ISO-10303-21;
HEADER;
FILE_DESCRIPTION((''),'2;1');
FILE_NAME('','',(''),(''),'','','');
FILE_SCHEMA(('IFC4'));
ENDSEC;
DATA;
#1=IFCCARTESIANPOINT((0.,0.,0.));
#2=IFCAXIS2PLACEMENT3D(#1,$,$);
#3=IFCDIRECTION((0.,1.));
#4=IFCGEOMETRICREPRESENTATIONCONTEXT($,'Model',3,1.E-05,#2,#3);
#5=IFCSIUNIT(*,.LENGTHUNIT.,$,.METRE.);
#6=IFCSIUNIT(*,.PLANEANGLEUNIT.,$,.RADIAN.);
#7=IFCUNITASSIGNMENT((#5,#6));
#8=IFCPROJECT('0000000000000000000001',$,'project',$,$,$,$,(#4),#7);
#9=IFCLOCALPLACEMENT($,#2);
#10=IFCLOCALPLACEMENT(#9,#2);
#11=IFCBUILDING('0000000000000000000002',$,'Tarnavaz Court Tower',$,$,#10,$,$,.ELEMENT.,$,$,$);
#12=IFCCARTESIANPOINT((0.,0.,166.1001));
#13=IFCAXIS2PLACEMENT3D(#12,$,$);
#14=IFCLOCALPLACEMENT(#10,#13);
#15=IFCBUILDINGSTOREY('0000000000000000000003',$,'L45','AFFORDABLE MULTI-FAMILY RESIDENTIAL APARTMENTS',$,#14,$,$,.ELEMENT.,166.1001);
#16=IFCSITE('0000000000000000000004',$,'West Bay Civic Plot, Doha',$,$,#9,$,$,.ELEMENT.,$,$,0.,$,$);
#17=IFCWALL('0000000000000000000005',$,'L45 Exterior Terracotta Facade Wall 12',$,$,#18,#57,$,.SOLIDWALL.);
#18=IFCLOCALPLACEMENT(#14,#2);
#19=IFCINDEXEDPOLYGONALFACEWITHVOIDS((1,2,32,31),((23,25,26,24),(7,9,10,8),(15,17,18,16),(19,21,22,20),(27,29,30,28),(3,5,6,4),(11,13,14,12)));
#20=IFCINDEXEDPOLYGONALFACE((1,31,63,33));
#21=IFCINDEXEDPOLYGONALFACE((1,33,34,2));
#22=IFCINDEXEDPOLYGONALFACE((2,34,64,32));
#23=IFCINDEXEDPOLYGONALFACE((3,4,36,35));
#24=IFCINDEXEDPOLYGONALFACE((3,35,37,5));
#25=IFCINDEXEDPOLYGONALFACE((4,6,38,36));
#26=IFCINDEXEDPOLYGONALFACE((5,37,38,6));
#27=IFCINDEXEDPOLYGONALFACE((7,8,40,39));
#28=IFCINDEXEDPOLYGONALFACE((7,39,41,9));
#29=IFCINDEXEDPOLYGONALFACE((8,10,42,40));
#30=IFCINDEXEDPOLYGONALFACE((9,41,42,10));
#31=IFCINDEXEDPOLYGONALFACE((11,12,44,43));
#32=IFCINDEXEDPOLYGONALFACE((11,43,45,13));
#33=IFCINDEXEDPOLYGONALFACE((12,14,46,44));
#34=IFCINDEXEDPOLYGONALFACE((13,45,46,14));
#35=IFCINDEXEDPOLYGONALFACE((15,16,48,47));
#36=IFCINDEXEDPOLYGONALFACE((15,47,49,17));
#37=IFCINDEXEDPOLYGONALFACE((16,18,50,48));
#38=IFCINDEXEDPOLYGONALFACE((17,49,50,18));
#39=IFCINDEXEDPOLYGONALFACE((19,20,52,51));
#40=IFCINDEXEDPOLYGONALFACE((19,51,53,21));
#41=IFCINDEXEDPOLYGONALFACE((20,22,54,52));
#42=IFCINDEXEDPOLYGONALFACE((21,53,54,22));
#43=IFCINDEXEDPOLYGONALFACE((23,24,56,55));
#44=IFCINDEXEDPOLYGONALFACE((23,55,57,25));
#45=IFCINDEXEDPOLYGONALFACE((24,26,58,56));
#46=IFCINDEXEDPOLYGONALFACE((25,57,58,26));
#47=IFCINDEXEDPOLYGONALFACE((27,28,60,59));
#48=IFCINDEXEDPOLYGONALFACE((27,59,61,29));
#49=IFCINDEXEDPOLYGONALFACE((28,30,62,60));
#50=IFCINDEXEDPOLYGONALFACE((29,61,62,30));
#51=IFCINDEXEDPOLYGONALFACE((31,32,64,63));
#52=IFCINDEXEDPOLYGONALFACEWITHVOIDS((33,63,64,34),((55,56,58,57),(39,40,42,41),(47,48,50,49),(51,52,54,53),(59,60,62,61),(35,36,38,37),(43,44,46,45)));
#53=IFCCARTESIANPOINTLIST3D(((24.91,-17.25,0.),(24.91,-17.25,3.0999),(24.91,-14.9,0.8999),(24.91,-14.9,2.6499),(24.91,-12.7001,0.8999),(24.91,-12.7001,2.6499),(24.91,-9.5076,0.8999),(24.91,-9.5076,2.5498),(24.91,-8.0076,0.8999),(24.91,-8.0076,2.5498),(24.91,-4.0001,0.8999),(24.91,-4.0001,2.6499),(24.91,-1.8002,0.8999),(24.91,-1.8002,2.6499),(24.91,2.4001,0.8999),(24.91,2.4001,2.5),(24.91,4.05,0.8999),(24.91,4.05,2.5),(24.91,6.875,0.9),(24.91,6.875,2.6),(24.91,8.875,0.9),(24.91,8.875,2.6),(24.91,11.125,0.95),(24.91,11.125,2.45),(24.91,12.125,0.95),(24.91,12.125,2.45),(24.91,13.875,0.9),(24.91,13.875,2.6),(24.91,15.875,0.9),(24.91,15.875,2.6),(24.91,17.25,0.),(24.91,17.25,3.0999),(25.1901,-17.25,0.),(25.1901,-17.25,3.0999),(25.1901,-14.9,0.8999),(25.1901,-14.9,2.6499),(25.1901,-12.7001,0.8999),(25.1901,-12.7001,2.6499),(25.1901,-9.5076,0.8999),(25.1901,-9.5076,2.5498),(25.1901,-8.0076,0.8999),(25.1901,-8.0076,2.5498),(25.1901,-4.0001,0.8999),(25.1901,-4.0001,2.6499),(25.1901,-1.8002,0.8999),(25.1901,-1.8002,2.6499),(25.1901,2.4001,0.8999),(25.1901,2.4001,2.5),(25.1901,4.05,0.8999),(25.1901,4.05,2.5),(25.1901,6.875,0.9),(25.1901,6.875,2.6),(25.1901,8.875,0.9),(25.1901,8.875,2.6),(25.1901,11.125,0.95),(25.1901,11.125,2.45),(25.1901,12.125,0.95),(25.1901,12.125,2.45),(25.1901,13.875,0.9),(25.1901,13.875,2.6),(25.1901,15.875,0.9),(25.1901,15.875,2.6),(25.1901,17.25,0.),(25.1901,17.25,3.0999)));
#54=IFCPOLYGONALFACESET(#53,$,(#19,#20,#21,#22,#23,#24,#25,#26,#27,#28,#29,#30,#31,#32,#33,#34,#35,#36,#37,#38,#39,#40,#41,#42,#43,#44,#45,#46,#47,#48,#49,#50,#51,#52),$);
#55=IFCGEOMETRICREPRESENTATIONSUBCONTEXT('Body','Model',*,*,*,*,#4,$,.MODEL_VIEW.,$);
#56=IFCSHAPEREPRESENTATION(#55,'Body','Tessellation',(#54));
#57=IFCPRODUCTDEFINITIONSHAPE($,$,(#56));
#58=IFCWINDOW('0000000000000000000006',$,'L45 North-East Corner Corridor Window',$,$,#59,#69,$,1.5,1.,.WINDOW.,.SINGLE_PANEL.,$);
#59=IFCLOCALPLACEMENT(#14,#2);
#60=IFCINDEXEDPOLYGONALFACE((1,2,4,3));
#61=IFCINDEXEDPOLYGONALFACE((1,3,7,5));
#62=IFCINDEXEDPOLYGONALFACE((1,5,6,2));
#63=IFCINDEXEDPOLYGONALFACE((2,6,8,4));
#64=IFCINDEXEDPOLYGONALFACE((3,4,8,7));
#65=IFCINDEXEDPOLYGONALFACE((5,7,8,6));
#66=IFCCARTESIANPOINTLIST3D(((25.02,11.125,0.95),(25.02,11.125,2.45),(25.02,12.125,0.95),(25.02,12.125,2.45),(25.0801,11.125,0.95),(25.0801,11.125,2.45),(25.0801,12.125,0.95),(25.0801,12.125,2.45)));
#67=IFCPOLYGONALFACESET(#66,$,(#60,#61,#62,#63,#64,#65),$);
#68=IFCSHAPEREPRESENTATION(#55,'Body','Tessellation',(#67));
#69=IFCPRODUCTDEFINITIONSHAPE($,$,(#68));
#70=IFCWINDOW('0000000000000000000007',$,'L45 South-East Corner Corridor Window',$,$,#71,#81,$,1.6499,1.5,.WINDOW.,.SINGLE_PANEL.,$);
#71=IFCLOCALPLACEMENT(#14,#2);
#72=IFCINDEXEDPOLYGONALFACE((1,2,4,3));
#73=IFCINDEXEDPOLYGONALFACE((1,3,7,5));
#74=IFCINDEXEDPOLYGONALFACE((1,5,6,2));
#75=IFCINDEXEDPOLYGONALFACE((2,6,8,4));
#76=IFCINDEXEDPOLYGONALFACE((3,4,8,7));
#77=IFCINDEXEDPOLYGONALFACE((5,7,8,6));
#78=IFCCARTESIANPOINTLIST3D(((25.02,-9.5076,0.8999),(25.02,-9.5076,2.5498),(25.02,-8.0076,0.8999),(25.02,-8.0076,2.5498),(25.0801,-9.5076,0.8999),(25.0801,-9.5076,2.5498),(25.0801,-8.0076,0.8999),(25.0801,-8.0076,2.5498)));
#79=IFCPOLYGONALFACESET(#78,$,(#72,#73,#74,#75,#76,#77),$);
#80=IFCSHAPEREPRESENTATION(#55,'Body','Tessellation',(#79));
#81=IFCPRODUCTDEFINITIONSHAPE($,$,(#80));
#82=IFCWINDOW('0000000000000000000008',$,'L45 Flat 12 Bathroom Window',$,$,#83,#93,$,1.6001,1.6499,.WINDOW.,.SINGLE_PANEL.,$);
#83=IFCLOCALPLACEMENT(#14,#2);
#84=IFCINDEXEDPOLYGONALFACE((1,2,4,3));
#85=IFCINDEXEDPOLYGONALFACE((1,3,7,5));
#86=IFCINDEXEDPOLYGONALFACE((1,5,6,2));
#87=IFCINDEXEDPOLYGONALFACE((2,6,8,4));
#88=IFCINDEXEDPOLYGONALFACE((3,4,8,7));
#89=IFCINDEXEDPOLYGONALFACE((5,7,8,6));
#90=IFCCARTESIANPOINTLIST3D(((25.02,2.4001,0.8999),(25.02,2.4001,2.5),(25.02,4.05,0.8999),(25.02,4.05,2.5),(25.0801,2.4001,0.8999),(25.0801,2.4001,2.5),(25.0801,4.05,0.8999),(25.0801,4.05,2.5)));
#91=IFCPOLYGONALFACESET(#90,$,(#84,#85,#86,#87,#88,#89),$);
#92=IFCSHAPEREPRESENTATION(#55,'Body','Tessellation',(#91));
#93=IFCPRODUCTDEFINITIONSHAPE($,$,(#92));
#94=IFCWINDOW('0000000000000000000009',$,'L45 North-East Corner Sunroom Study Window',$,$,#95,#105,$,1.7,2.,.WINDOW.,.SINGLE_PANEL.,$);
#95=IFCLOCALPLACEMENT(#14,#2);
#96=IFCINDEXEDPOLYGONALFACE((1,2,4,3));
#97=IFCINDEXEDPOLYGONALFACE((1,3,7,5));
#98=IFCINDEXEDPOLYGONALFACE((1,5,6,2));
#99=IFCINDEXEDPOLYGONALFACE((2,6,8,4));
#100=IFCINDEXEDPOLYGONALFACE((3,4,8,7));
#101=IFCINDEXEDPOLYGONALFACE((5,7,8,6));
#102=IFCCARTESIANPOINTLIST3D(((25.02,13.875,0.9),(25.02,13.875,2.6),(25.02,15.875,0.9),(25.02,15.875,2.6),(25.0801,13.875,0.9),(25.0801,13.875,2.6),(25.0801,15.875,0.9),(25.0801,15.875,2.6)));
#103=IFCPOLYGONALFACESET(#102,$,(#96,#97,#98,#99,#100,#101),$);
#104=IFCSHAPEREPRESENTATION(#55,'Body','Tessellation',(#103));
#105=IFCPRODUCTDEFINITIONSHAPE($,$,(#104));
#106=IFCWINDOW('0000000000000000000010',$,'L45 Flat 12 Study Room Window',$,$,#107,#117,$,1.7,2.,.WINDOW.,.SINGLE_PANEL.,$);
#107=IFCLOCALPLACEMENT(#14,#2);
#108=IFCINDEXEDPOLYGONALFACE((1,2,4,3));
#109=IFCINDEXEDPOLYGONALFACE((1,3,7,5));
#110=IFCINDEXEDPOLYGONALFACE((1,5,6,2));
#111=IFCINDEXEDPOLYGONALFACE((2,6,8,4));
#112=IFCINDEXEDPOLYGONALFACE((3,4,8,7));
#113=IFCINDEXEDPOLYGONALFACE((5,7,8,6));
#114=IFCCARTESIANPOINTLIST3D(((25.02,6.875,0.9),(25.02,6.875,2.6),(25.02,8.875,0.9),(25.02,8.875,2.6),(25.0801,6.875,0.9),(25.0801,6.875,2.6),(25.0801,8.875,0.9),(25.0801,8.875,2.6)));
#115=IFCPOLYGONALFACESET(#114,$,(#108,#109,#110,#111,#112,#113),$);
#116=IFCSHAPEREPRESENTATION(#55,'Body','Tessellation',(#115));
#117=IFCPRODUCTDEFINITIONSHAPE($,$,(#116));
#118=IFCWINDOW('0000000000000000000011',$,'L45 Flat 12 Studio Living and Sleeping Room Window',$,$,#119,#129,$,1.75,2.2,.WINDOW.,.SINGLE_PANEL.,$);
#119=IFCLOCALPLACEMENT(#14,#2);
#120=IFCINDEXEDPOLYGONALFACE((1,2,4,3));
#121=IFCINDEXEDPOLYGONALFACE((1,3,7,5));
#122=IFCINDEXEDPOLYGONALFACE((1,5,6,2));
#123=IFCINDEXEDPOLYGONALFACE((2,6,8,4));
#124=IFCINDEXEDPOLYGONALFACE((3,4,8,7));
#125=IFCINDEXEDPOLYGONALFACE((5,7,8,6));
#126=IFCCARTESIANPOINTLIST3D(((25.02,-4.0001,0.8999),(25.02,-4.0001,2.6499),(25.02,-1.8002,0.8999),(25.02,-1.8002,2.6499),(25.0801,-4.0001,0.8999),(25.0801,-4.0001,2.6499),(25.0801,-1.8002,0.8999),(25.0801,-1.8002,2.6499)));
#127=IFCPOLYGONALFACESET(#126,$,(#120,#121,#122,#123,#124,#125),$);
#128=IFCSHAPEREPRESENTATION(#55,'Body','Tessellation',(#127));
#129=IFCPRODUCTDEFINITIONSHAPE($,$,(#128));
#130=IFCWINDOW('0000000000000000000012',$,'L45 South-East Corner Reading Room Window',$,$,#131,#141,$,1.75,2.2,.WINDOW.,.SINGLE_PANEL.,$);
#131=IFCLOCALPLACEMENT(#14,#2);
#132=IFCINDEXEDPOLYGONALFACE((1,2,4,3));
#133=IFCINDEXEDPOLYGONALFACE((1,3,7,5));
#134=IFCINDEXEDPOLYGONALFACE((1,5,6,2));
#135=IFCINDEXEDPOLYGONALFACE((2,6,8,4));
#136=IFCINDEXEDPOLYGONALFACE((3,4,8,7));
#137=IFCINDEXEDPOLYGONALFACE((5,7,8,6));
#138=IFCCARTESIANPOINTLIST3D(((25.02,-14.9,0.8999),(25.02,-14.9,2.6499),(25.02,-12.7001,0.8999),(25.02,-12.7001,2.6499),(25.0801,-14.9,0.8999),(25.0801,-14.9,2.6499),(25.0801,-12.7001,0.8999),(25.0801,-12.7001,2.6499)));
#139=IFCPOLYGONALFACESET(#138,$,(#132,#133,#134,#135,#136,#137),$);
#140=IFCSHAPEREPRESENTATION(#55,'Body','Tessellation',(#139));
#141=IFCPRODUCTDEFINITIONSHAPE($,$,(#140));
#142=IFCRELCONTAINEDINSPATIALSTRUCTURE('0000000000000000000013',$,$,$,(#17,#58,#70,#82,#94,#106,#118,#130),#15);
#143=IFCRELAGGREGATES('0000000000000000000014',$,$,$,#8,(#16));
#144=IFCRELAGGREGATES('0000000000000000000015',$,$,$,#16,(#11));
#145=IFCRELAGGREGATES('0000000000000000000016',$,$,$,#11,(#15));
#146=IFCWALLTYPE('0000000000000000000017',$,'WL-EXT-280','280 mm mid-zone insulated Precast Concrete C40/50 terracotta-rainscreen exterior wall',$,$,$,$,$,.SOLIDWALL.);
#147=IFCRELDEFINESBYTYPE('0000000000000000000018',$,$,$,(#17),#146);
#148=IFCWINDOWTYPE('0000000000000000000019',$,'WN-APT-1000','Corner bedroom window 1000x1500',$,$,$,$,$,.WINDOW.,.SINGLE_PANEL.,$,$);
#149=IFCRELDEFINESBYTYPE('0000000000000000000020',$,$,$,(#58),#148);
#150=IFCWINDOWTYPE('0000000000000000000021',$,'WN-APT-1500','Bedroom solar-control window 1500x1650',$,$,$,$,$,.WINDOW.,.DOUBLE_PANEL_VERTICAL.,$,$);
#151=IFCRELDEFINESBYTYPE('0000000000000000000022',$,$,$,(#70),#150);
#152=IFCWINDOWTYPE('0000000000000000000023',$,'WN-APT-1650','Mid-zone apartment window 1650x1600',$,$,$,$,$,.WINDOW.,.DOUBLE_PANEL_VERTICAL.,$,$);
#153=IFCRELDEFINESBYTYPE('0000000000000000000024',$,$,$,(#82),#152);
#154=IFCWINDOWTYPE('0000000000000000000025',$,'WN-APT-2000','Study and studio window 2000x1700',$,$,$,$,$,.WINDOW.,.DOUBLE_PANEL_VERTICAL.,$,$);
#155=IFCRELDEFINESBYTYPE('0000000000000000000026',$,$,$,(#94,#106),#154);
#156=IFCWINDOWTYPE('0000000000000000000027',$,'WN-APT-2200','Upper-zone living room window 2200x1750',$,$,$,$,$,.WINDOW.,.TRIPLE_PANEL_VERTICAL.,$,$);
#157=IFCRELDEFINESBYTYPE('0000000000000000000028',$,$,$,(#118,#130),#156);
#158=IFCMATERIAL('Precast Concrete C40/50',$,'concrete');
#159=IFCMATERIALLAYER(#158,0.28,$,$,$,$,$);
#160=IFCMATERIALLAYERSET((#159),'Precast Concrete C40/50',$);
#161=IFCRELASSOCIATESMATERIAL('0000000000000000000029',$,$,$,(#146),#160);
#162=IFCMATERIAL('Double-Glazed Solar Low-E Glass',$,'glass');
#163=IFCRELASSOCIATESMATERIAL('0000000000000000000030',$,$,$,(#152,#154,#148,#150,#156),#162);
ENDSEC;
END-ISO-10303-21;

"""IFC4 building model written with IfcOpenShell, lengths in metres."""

from ifc_helpers import new_model, si_unit, direction, frame, frame_2d, origin, place, context, subcontext, project, spatial, rectangle, extrude, material, layer, layer_set, type_object, element, fill, save


model = new_model("IFC4")

# Units and contexts
model_context = context("Model", 3, precision=1e-05, world=origin(), true_north=direction((0.0, 1.0)))
body_context = subcontext(model_context, "Body", "Model", "MODEL_VIEW")
ifc_project = project(units=[si_unit("LENGTHUNIT", "METRE"), si_unit("PLANEANGLEUNIT", "RADIAN")], contexts=[model_context])

# Site, building, storey
site_placement = place(None, origin())
site = spatial("IfcSite", under=ifc_project, at=site_placement, Name="West Bay Civic Plot, Doha", CompositionType="ELEMENT", RefElevation=0.0)
building_placement = place(site_placement, origin())
building = spatial("IfcBuilding", under=site, at=building_placement, Name="Tarnavaz Court Tower", CompositionType="ELEMENT")
storey_placement = place(building_placement, frame((0.0, 0.0, 166.1001)))
storey = spatial("IfcBuildingStorey", under=building, at=storey_placement, Name="L45", Description="AFFORDABLE MULTI-FAMILY RESIDENTIAL APARTMENTS", CompositionType="ELEMENT", Elevation=166.1001)

# Shared definitions
ifc_material_1 = material(Name="Precast Concrete C40/50", Category="concrete")
ifc_layer_1 = layer(ifc_material_1, 0.28)
ifc_layer_set_1 = layer_set([ifc_layer_1], Name="Precast Concrete C40/50")
wall_type_1 = type_object("IfcWallType", Name="WL-EXT-280", Description="280 mm mid-zone insulated Precast Concrete C40/50 terracotta-rainscreen exterior wall", PredefinedType="SOLIDWALL", material=ifc_layer_set_1)
ifc_material_2 = material(Name="Double-Glazed Solar Low-E Glass", Category="glass")
window_type_1 = type_object("IfcWindowType", Name="WN-APT-1650", Description="Mid-zone apartment window 1650x1600", PartitioningType="DOUBLE_PANEL_VERTICAL", PredefinedType="WINDOW", material=ifc_material_2)
window_type_2 = type_object("IfcWindowType", Name="WN-APT-2000", Description="Study and studio window 2000x1700", PartitioningType="DOUBLE_PANEL_VERTICAL", PredefinedType="WINDOW", material=ifc_material_2)

# Wall, openings, windows
wall_1_placement = place(storey_placement, frame((25.05, 17.25, 0.0), z_axis=(0.0, 0.0, 1.0), x_axis=(0.0, -1.0, 0.0)))
wall_1 = element("IfcWall", 1, at=wall_1_placement, inside=storey, type_object=wall_type_1, Name="L45 Exterior Terracotta Facade Wall 12", PredefinedType="SOLIDWALL", context=body_context, shape_type="SweptSolid", body=[
    extrude(rectangle(XDim=34.5, YDim=0.28, at=frame_2d((17.25, 0.0))), origin(), (0.0, 0.0, 1.0), 3.0999),
])
opening_1_placement = place(wall_1_placement, frame((1.375, 0.0, 0.8999)))
opening_1 = element("IfcOpeningElement", 2, at=opening_1_placement, cuts=wall_1, PredefinedType="OPENING", context=body_context, shape_type="SweptSolid", body=[
    extrude(rectangle(XDim=2.0, YDim=1.7, at=frame_2d((1.0, 0.8501))), frame((0.0, 0.1499, 0.0), z_axis=(0.0, -1.0, 0.0), x_axis=(1.0, 0.0, 0.0)), (0.0, 0.0, 1.0), 0.3),
])
opening_2_placement = place(wall_1_placement, frame((5.125, 0.0, 0.95)))
opening_2 = element("IfcOpeningElement", 3, at=opening_2_placement, cuts=wall_1, PredefinedType="OPENING", context=body_context, shape_type="SweptSolid", body=[
    extrude(rectangle(XDim=1.0, YDim=1.5, at=frame_2d((0.5, 0.75))), frame((0.0, 0.1499, 0.0), z_axis=(0.0, -1.0, 0.0), x_axis=(1.0, 0.0, 0.0)), (0.0, 0.0, 1.0), 0.3),
])
opening_3_placement = place(wall_1_placement, frame((8.375, 0.0, 0.8999)))
opening_3 = element("IfcOpeningElement", 4, at=opening_3_placement, cuts=wall_1, PredefinedType="OPENING", context=body_context, shape_type="SweptSolid", body=[
    extrude(rectangle(XDim=2.0, YDim=1.7, at=frame_2d((1.0, 0.8501))), frame((0.0, 0.1499, 0.0), z_axis=(0.0, -1.0, 0.0), x_axis=(1.0, 0.0, 0.0)), (0.0, 0.0, 1.0), 0.3),
])
opening_4_placement = place(wall_1_placement, frame((13.2, 0.0, 0.8999)))
opening_4 = element("IfcOpeningElement", 5, at=opening_4_placement, cuts=wall_1, PredefinedType="OPENING", context=body_context, shape_type="SweptSolid", body=[
    extrude(rectangle(XDim=1.6499, YDim=1.6001, at=frame_2d((0.825, 0.8))), frame((0.0, 0.1499, 0.0), z_axis=(0.0, -1.0, 0.0), x_axis=(1.0, 0.0, 0.0)), (0.0, 0.0, 1.0), 0.3),
])
opening_5_placement = place(wall_1_placement, frame((19.05, 0.0, 0.8999)))
opening_5 = element("IfcOpeningElement", 6, at=opening_5_placement, cuts=wall_1, PredefinedType="OPENING", context=body_context, shape_type="SweptSolid", body=[
    extrude(rectangle(XDim=2.2, YDim=1.75, at=frame_2d((1.1001, 0.875))), frame((0.0, 0.1499, 0.0), z_axis=(0.0, -1.0, 0.0), x_axis=(1.0, 0.0, 0.0)), (0.0, 0.0, 1.0), 0.3),
])
opening_6_placement = place(wall_1_placement, frame((25.2576, 0.0, 0.8999)))
opening_6 = element("IfcOpeningElement", 7, at=opening_6_placement, cuts=wall_1, PredefinedType="OPENING", context=body_context, shape_type="SweptSolid", body=[
    extrude(rectangle(XDim=1.5, YDim=1.6499, at=frame_2d((0.75, 0.825))), frame((0.0, 0.1499, 0.0), z_axis=(0.0, -1.0, 0.0), x_axis=(1.0, 0.0, 0.0)), (0.0, 0.0, 1.0), 0.3),
])
opening_7_placement = place(wall_1_placement, frame((29.95, 0.0, 0.8999)))
opening_7 = element("IfcOpeningElement", 8, at=opening_7_placement, cuts=wall_1, PredefinedType="OPENING", context=body_context, shape_type="SweptSolid", body=[
    extrude(rectangle(XDim=2.2, YDim=1.75, at=frame_2d((1.1001, 0.875))), frame((0.0, 0.1499, 0.0), z_axis=(0.0, -1.0, 0.0), x_axis=(1.0, 0.0, 0.0)), (0.0, 0.0, 1.0), 0.3),
])
window_type_3 = type_object("IfcWindowType", Name="WN-APT-1000", Description="Corner bedroom window 1000x1500", PartitioningType="SINGLE_PANEL", PredefinedType="WINDOW", material=ifc_material_2)
window_1_placement = place(opening_2_placement, origin())
window_1 = element("IfcWindow", 9, at=window_1_placement, inside=storey, type_object=window_type_3, Name="L45 North-East Corner Corridor Window", OverallHeight=1.5, OverallWidth=1.0, PartitioningType="SINGLE_PANEL", PredefinedType="WINDOW", context=body_context, shape_type="SweptSolid", body=[
    extrude(rectangle(XDim=1.0, YDim=1.5, at=frame_2d((0.5, 0.75))), frame((0.0, 0.03, 0.0), z_axis=(0.0, -1.0, 0.0), x_axis=(1.0, 0.0, 0.0)), (0.0, 0.0, 1.0), 0.0601),
])
fill(opening_2, window_1)
window_type_4 = type_object("IfcWindowType", Name="WN-APT-1500", Description="Bedroom solar-control window 1500x1650", PartitioningType="DOUBLE_PANEL_VERTICAL", PredefinedType="WINDOW", material=ifc_material_2)
window_2_placement = place(opening_6_placement, origin())
window_2 = element("IfcWindow", 10, at=window_2_placement, inside=storey, type_object=window_type_4, Name="L45 South-East Corner Corridor Window", OverallHeight=1.6499, OverallWidth=1.5, PartitioningType="SINGLE_PANEL", PredefinedType="WINDOW", context=body_context, shape_type="SweptSolid", body=[
    extrude(rectangle(XDim=1.5, YDim=1.6499, at=frame_2d((0.75, 0.825))), frame((0.0, 0.03, 0.0), z_axis=(0.0, -1.0, 0.0), x_axis=(1.0, 0.0, 0.0)), (0.0, 0.0, 1.0), 0.0601),
])
fill(opening_6, window_2)
window_3_placement = place(opening_4_placement, origin())
window_3 = element("IfcWindow", 11, at=window_3_placement, inside=storey, type_object=window_type_1, Name="L45 Flat 12 Bathroom Window", OverallHeight=1.6001, OverallWidth=1.6499, PartitioningType="SINGLE_PANEL", PredefinedType="WINDOW", context=body_context, shape_type="SweptSolid", body=[
    extrude(rectangle(XDim=1.6499, YDim=1.6001, at=frame_2d((0.825, 0.8))), frame((0.0, 0.03, 0.0), z_axis=(0.0, -1.0, 0.0), x_axis=(1.0, 0.0, 0.0)), (0.0, 0.0, 1.0), 0.0601),
])
fill(opening_4, window_3)
window_4_placement = place(opening_1_placement, origin())
window_4 = element("IfcWindow", 12, at=window_4_placement, inside=storey, type_object=window_type_2, Name="L45 North-East Corner Sunroom Study Window", OverallHeight=1.7, OverallWidth=2.0, PartitioningType="SINGLE_PANEL", PredefinedType="WINDOW", context=body_context, shape_type="SweptSolid", body=[
    extrude(rectangle(XDim=2.0, YDim=1.7, at=frame_2d((1.0, 0.8501))), frame((0.0, 0.03, 0.0), z_axis=(0.0, -1.0, 0.0), x_axis=(1.0, 0.0, 0.0)), (0.0, 0.0, 1.0), 0.0601),
])
fill(opening_1, window_4)
window_5_placement = place(opening_3_placement, origin())
window_5 = element("IfcWindow", 13, at=window_5_placement, inside=storey, type_object=window_type_2, Name="L45 Flat 12 Study Room Window", OverallHeight=1.7, OverallWidth=2.0, PartitioningType="SINGLE_PANEL", PredefinedType="WINDOW", context=body_context, shape_type="SweptSolid", body=[
    extrude(rectangle(XDim=2.0, YDim=1.7, at=frame_2d((1.0, 0.8501))), frame((0.0, 0.03, 0.0), z_axis=(0.0, -1.0, 0.0), x_axis=(1.0, 0.0, 0.0)), (0.0, 0.0, 1.0), 0.0601),
])
fill(opening_3, window_5)
window_type_5 = type_object("IfcWindowType", Name="WN-APT-2200", Description="Upper-zone living room window 2200x1750", PartitioningType="TRIPLE_PANEL_VERTICAL", PredefinedType="WINDOW", material=ifc_material_2)
window_6_placement = place(opening_5_placement, origin())
window_6 = element("IfcWindow", 14, at=window_6_placement, inside=storey, type_object=window_type_5, Name="L45 Flat 12 Studio Living and Sleeping Room Window", OverallHeight=1.75, OverallWidth=2.2, PartitioningType="SINGLE_PANEL", PredefinedType="WINDOW", context=body_context, shape_type="SweptSolid", body=[
    extrude(rectangle(XDim=2.2, YDim=1.75, at=frame_2d((1.1001, 0.875))), frame((0.0, 0.03, 0.0), z_axis=(0.0, -1.0, 0.0), x_axis=(1.0, 0.0, 0.0)), (0.0, 0.0, 1.0), 0.0601),
])
fill(opening_5, window_6)
window_7_placement = place(opening_7_placement, origin())
window_7 = element("IfcWindow", 15, at=window_7_placement, inside=storey, type_object=window_type_5, Name="L45 South-East Corner Reading Room Window", OverallHeight=1.75, OverallWidth=2.2, PartitioningType="SINGLE_PANEL", PredefinedType="WINDOW", context=body_context, shape_type="SweptSolid", body=[
    extrude(rectangle(XDim=2.2, YDim=1.75, at=frame_2d((1.1001, 0.875))), frame((0.0, 0.03, 0.0), z_axis=(0.0, -1.0, 0.0), x_axis=(1.0, 0.0, 0.0)), (0.0, 0.0, 1.0), 0.0601),
])
fill(opening_7, window_7)

save(model, "model.ifc")
